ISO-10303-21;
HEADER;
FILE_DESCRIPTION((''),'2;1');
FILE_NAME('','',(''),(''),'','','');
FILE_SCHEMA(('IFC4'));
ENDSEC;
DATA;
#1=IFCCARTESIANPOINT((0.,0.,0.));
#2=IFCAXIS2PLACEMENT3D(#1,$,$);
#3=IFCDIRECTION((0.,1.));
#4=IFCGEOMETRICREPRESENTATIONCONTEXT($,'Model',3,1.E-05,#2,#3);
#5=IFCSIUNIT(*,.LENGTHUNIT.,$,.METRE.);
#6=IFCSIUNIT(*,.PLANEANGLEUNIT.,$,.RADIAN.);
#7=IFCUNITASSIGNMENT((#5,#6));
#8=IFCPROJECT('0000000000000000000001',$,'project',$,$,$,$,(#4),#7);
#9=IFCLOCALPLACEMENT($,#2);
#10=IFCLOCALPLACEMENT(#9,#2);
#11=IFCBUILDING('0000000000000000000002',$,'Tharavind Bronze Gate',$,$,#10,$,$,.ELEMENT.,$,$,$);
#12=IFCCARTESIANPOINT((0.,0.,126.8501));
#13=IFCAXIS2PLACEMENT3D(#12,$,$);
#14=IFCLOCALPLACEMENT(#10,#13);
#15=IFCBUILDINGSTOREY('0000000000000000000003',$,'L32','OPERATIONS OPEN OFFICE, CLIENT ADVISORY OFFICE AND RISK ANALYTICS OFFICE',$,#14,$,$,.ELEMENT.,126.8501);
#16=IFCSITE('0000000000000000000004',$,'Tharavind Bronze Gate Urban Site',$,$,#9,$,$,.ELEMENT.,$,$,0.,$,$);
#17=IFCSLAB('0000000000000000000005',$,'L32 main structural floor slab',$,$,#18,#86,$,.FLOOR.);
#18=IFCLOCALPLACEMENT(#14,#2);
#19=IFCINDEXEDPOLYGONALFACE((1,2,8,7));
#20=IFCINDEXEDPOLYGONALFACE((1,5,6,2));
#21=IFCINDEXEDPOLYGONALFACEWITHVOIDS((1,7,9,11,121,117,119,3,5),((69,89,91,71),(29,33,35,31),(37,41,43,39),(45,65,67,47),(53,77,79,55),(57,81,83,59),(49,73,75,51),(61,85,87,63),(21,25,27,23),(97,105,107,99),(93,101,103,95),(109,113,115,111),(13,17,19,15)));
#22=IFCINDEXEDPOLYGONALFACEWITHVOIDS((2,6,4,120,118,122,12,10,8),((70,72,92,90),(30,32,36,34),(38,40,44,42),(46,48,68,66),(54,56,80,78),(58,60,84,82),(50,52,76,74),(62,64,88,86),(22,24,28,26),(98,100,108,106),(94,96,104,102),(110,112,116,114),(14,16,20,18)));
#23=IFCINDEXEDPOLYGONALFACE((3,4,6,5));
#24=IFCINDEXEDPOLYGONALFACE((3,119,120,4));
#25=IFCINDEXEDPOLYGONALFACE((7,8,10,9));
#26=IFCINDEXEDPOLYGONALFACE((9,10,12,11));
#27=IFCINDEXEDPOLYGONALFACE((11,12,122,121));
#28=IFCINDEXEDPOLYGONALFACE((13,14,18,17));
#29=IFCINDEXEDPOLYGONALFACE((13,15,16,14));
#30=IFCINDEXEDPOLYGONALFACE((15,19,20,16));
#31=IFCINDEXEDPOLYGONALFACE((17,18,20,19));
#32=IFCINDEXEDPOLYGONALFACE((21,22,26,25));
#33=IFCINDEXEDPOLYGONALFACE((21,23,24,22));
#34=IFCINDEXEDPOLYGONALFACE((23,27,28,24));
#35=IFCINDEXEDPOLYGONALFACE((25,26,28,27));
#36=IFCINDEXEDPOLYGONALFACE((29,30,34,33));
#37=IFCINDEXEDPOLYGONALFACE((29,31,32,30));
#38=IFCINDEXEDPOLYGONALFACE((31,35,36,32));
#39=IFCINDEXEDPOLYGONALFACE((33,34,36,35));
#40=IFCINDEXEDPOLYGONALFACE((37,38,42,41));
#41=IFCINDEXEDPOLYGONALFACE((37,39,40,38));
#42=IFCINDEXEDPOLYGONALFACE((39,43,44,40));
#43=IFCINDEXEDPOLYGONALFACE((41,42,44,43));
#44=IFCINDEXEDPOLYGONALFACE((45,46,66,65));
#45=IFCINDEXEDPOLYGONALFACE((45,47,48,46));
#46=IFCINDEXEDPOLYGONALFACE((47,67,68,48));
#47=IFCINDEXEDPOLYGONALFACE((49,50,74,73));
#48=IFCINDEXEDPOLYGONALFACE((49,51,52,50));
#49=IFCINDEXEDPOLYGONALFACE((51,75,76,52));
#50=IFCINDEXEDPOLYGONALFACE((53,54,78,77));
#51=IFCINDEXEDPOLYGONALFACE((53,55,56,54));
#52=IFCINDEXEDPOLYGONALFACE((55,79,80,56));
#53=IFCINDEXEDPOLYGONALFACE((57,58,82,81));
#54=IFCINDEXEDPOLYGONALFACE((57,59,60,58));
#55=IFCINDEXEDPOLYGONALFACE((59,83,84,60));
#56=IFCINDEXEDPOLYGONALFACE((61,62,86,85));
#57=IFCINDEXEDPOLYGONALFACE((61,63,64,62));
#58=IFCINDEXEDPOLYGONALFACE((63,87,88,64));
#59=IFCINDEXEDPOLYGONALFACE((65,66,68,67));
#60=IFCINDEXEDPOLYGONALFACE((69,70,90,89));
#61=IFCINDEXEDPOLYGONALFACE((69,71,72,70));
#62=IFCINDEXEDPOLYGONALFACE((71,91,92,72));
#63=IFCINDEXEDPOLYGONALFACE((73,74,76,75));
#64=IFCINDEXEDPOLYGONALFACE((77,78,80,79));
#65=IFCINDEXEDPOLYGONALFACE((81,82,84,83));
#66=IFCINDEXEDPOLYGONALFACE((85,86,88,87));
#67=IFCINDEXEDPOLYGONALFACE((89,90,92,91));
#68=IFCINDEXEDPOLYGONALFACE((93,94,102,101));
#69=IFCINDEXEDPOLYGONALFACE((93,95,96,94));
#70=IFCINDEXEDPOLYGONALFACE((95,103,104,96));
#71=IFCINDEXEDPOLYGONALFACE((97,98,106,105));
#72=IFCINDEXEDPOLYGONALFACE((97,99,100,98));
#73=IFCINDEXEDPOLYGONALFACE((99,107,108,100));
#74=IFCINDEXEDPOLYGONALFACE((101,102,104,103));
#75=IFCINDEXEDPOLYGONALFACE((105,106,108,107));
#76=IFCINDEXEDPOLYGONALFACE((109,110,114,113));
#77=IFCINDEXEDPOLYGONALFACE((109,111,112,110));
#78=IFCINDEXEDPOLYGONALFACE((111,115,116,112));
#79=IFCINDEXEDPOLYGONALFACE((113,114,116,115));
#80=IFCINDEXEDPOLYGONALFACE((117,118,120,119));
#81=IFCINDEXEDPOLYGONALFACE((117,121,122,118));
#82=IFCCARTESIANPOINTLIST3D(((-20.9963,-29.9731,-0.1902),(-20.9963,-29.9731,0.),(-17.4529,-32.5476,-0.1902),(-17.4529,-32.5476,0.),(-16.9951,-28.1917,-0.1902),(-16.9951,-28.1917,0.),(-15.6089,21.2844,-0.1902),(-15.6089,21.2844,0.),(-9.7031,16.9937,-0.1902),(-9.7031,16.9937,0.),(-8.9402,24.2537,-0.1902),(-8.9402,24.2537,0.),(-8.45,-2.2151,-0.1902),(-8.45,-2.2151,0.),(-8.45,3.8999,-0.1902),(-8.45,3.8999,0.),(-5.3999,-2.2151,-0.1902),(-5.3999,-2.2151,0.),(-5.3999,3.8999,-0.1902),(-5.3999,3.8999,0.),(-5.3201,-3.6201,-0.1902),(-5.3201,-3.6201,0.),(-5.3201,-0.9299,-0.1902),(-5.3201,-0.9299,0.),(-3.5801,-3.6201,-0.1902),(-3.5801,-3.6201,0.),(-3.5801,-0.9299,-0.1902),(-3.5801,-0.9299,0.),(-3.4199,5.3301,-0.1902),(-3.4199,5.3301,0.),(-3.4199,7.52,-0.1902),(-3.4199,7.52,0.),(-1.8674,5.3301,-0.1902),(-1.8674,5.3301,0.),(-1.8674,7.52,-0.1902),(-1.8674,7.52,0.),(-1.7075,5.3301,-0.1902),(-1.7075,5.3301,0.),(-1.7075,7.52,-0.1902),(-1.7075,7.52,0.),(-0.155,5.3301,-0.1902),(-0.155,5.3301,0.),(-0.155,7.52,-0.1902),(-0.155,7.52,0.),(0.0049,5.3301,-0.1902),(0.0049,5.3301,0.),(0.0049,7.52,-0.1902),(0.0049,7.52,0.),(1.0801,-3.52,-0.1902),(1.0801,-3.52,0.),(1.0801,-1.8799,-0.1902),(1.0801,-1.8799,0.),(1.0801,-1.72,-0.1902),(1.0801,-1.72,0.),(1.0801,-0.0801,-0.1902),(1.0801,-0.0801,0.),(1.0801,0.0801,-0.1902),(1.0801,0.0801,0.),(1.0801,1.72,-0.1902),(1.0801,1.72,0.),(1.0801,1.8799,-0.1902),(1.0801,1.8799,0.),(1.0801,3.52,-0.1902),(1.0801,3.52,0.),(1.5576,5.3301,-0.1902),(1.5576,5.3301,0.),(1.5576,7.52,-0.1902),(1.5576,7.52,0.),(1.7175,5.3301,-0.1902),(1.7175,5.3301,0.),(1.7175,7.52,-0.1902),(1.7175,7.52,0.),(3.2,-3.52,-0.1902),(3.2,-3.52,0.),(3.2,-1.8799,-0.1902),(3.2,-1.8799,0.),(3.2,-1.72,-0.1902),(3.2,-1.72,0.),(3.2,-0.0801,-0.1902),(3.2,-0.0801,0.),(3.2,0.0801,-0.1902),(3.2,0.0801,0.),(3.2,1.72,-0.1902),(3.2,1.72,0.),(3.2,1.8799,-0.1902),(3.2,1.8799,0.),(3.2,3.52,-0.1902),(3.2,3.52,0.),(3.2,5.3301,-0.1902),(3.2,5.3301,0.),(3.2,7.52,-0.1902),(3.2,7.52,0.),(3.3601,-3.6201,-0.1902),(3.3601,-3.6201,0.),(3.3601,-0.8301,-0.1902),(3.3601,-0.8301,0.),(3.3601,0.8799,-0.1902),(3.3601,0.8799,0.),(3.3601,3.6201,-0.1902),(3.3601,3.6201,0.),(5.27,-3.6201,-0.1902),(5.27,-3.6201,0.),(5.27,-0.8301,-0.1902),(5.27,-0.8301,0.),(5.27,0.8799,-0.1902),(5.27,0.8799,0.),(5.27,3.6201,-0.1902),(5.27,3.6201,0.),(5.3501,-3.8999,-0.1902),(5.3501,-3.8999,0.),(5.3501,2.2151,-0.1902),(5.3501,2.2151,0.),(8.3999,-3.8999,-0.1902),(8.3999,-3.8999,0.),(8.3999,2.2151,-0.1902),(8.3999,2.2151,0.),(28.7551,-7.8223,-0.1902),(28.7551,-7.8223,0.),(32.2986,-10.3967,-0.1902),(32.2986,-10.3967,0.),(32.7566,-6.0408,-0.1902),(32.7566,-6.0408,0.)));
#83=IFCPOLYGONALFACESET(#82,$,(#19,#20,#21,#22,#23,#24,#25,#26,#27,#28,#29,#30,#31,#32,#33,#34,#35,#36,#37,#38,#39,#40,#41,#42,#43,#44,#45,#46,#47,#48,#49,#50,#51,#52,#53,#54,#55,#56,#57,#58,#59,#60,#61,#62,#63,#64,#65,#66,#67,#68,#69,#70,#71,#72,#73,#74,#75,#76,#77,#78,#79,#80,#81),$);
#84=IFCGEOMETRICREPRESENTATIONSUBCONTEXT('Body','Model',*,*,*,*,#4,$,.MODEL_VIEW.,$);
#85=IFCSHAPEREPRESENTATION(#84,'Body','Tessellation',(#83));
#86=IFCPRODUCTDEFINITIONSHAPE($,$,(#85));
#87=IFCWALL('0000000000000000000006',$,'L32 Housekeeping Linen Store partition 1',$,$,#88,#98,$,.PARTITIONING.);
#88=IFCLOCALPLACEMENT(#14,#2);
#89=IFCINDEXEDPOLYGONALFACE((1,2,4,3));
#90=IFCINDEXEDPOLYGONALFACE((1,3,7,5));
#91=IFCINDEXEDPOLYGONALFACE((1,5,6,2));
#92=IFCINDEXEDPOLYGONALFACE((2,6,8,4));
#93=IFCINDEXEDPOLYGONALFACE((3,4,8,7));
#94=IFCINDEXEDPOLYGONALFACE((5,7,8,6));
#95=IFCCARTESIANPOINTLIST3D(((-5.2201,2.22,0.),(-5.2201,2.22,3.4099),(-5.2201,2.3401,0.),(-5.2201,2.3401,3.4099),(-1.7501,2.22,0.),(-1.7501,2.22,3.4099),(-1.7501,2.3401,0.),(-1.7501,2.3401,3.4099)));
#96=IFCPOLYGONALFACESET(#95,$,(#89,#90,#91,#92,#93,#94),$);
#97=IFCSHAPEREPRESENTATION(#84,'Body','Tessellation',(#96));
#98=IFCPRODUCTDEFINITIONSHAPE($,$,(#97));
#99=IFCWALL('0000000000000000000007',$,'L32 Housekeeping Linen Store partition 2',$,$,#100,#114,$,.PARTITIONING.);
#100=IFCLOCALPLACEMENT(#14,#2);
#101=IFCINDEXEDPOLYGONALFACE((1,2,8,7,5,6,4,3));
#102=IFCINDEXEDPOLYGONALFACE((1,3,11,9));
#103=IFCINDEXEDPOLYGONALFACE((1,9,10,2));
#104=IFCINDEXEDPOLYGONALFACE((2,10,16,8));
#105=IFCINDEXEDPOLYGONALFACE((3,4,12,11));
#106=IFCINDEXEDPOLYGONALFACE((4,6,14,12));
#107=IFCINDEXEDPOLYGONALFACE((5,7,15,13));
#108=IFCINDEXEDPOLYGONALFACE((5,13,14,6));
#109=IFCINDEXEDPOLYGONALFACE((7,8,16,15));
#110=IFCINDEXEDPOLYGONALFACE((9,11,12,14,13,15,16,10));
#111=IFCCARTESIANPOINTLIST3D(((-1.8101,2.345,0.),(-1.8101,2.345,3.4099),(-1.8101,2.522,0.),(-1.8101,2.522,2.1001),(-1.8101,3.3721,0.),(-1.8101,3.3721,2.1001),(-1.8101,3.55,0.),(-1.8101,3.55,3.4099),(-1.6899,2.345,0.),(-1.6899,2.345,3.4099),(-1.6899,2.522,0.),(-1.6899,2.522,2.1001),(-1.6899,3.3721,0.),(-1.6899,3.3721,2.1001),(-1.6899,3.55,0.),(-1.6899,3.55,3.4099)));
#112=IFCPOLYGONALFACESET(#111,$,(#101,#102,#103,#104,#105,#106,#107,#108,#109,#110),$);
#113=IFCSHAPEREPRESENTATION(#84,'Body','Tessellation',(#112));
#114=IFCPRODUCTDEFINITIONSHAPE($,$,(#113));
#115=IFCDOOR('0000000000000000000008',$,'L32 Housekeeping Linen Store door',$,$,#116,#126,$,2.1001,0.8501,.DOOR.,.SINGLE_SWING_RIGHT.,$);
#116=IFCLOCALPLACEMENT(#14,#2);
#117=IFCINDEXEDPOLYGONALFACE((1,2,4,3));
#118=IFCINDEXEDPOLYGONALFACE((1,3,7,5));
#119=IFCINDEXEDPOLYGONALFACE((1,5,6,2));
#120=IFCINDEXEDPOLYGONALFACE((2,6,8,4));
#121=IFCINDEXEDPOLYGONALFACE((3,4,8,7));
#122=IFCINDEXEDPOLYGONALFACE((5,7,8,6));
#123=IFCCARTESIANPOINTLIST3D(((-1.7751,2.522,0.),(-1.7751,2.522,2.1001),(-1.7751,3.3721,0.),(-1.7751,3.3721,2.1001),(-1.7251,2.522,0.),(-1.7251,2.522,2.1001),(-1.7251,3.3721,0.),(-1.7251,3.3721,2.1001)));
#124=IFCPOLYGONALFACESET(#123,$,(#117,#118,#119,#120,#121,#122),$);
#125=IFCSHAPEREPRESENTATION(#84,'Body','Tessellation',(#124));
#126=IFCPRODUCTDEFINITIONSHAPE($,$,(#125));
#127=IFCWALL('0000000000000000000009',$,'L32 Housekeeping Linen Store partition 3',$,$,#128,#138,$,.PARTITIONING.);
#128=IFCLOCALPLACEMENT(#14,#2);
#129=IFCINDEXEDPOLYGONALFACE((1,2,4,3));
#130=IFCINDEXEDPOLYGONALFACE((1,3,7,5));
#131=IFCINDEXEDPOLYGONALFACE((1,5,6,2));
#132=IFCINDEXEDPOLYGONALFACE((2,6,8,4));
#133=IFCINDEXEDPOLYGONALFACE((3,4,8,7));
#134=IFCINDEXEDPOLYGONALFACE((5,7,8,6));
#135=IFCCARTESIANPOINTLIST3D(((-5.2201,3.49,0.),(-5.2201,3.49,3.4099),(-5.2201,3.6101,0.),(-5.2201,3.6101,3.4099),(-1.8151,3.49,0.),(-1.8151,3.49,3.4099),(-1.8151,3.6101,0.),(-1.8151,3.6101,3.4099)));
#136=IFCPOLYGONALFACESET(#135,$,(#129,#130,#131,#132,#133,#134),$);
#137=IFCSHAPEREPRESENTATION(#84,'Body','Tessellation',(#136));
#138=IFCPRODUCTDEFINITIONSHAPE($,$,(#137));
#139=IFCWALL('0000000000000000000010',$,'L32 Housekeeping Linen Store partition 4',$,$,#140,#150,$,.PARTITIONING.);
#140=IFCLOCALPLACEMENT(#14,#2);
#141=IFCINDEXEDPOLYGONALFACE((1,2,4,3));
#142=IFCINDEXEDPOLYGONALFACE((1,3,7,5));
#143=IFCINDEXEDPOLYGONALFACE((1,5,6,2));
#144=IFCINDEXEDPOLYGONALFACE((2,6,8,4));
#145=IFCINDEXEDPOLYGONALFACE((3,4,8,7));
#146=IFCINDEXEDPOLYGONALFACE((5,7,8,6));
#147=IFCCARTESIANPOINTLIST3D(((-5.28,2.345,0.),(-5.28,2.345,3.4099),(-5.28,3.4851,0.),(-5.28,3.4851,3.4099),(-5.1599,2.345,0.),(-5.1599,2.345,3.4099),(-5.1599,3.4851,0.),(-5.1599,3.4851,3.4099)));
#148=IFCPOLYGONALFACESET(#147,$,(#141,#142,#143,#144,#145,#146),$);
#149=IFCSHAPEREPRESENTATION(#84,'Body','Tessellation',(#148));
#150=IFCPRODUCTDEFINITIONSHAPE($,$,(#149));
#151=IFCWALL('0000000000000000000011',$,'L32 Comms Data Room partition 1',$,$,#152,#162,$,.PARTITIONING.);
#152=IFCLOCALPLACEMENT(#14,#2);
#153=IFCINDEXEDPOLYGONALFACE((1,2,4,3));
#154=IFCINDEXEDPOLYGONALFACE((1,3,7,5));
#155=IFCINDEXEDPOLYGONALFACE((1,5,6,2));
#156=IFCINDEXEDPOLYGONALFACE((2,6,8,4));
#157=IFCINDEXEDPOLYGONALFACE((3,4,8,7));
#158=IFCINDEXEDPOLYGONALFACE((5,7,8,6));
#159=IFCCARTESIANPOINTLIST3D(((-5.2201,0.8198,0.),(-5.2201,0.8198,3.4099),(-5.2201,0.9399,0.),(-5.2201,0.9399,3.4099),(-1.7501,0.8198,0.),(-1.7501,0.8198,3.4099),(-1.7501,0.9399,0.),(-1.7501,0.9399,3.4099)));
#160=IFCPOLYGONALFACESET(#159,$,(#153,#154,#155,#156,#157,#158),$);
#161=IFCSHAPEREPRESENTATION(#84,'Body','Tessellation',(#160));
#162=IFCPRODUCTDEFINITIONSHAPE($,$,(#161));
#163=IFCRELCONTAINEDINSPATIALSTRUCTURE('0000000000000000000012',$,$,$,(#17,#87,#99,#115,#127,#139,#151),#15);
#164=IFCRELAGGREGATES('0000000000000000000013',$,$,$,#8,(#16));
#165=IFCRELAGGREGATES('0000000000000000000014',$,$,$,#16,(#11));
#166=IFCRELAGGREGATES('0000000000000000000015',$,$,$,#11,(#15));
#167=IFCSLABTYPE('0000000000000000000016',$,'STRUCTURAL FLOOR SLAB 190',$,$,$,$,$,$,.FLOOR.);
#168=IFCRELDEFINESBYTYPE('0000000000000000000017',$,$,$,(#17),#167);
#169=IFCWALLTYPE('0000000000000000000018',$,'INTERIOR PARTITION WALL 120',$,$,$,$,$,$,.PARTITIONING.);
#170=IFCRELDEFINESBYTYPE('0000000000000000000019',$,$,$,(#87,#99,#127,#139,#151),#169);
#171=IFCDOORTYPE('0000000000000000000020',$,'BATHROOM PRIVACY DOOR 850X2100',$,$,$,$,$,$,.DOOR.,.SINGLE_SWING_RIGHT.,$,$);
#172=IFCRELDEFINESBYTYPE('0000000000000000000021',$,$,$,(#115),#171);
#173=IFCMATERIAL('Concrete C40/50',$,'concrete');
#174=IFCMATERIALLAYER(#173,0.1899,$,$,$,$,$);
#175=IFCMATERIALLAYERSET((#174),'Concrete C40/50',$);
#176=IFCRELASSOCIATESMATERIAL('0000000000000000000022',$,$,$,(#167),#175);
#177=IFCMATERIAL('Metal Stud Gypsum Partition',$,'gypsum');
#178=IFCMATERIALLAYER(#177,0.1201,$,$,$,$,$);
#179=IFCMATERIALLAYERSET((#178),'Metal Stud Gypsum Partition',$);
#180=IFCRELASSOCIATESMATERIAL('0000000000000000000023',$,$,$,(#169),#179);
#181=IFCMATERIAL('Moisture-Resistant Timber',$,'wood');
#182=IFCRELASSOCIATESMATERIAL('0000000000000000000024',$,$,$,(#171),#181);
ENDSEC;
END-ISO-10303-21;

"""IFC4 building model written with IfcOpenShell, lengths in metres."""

from ifc_helpers import new_model, si_unit, direction, frame, frame_2d, origin, place, context, subcontext, project, spatial, polyline, rectangle, outline, extrude, material, layer, layer_set, type_object, element, fill, save


model = new_model("IFC4")

# Units and contexts
model_context = context("Model", 3, precision=1e-05, world=origin(), true_north=direction((0.0, 1.0)))
body_context = subcontext(model_context, "Body", "Model", "MODEL_VIEW")
ifc_project = project(units=[si_unit("LENGTHUNIT", "METRE"), si_unit("PLANEANGLEUNIT", "RADIAN")], contexts=[model_context])

# Site, building, storey
site_placement = place(None, origin())
site = spatial("IfcSite", under=ifc_project, at=site_placement, Name="Tharavind Bronze Gate Urban Site", CompositionType="ELEMENT", RefElevation=0.0)
building_placement = place(site_placement, origin())
building = spatial("IfcBuilding", under=site, at=building_placement, Name="Tharavind Bronze Gate", CompositionType="ELEMENT")
storey_placement = place(building_placement, frame((0.0, 0.0, 126.8501)))
storey = spatial("IfcBuildingStorey", under=building, at=storey_placement, Name="L32", Description="OPERATIONS OPEN OFFICE, CLIENT ADVISORY OFFICE AND RISK ANALYTICS OFFICE", CompositionType="ELEMENT", Elevation=126.8501)

# Slab
ifc_material_1 = material(Name="Concrete C40/50", Category="concrete")
ifc_layer_1 = layer(ifc_material_1, 0.1899)
ifc_layer_set_1 = layer_set([ifc_layer_1], Name="Concrete C40/50")
slab_type = type_object("IfcSlabType", Name="STRUCTURAL FLOOR SLAB 190", PredefinedType="FLOOR", material=ifc_layer_set_1)
slab_placement = place(storey_placement, frame((0.0, 0.0, -0.1902)))
element("IfcSlab", 1, at=slab_placement, inside=storey, type_object=slab_type, Name="L32 main structural floor slab", PredefinedType="FLOOR", context=body_context, shape_type="SweptSolid", body=[
    extrude(outline(polyline([(-8.9402, 24.2537), (-9.7031, 16.9937), (-15.6089, 21.2844), (-20.9963, -29.9731), (-16.9951, -28.1917), (-17.4529, -32.5476), (32.2986, -10.3967), (28.7551, -7.8223), (32.7566, -6.0408), (-8.9402, 24.2537)]), holes=[polyline([(-5.3999, -2.2151), (-5.3999, 3.8999), (-8.45, 3.8999), (-8.45, -2.2151), (-5.3999, -2.2151)]), polyline([(5.3501, 2.2151), (5.3501, -3.8999), (8.3999, -3.8999), (8.3999, 2.2151), (5.3501, 2.2151)]), polyline([(-3.4199, 5.3301), (-1.8674, 5.3301), (-1.8674, 7.52), (-3.4199, 7.52), (-3.4199, 5.3301)]), polyline([(-1.7075, 5.3301), (-0.155, 5.3301), (-0.155, 7.52), (-1.7075, 7.52), (-1.7075, 5.3301)]), polyline([(0.0049, 5.3301), (1.5576, 5.3301), (1.5576, 7.52), (0.0049, 7.52), (0.0049, 5.3301)]), polyline([(1.7175, 5.3301), (3.2, 5.3301), (3.2, 7.52), (1.7175, 7.52), (1.7175, 5.3301)]), polyline([(1.0801, -3.52), (3.2, -3.52), (3.2, -1.8799), (1.0801, -1.8799), (1.0801, -3.52)]), polyline([(1.0801, -1.72), (3.2, -1.72), (3.2, -0.0801), (1.0801, -0.0801), (1.0801, -1.72)]), polyline([(1.0801, 0.0801), (3.2, 0.0801), (3.2, 1.72), (1.0801, 1.72), (1.0801, 0.0801)]), polyline([(1.0801, 1.8799), (3.2, 1.8799), (3.2, 3.52), (1.0801, 3.52), (1.0801, 1.8799)]), polyline([(-5.3201, -3.6201), (-3.5801, -3.6201), (-3.5801, -0.9299), (-5.3201, -0.9299), (-5.3201, -3.6201)]), polyline([(3.3601, 0.8799), (5.27, 0.8799), (5.27, 3.6201), (3.3601, 3.6201), (3.3601, 0.8799)]), polyline([(3.3601, -3.6201), (5.27, -3.6201), (5.27, -0.8301), (3.3601, -0.8301), (3.3601, -3.6201)])]), origin(), (0.0, 0.0, 1.0), 0.1902),
])

# Wall
ifc_material_2 = material(Name="Metal Stud Gypsum Partition", Category="gypsum")
ifc_layer_2 = layer(ifc_material_2, 0.1201)
ifc_layer_set_2 = layer_set([ifc_layer_2], Name="Metal Stud Gypsum Partition")
wall_type_1 = type_object("IfcWallType", Name="INTERIOR PARTITION WALL 120", PredefinedType="PARTITIONING", material=ifc_layer_set_2)
wall_1_placement = place(storey_placement, frame((-5.22, 2.28, 0.0), z_axis=(0.0, 0.0, 1.0), x_axis=(1.0, 0.0, 0.0)))
element("IfcWall", 2, at=wall_1_placement, inside=storey, type_object=wall_type_1, Name="L32 Housekeeping Linen Store partition 1", PredefinedType="PARTITIONING", context=body_context, shape_type="SweptSolid", body=[
    extrude(rectangle(XDim=3.47, YDim=0.1201, at=frame_2d((1.7349, 0.0))), origin(), (0.0, 0.0, 1.0), 3.4099),
])

# Wall, opening, door
wall_2_placement = place(storey_placement, frame((-1.75, 2.345, 0.0), z_axis=(0.0, 0.0, 1.0), x_axis=(0.0, 1.0, 0.0)))
wall_2 = element("IfcWall", 3, at=wall_2_placement, inside=storey, type_object=wall_type_1, Name="L32 Housekeeping Linen Store partition 2", PredefinedType="PARTITIONING", context=body_context, shape_type="SweptSolid", body=[
    extrude(rectangle(XDim=1.2051, YDim=0.1201, at=frame_2d((0.6025, 0.0))), origin(), (0.0, 0.0, 1.0), 3.4099),
])
opening_1_placement = place(wall_2_placement, frame((0.177, 0.0, 0.0)))
opening_1 = element("IfcOpeningElement", 4, at=opening_1_placement, cuts=wall_2, PredefinedType="OPENING", context=body_context, shape_type="SweptSolid", body=[
    extrude(rectangle(XDim=0.8501, YDim=2.1001, at=frame_2d((0.425, 1.05))), frame((0.0, 0.0701, 0.0), z_axis=(0.0, -1.0, 0.0), x_axis=(1.0, 0.0, 0.0)), (0.0, 0.0, 1.0), 0.1401),
])
ifc_material_3 = material(Name="Moisture-Resistant Timber", Category="wood")
door_type_1 = type_object("IfcDoorType", Name="BATHROOM PRIVACY DOOR 850X2100", OperationType="SINGLE_SWING_RIGHT", PredefinedType="DOOR", material=ifc_material_3)
door_1_placement = place(opening_1_placement, frame((0.8501, 0.0, 0.0), z_axis=(0.0, 0.0, 1.0), x_axis=(-1.0, 0.0, 0.0)))
door_1 = element("IfcDoor", 5, at=door_1_placement, inside=storey, type_object=door_type_1, Name="L32 Housekeeping Linen Store door", OperationType="SINGLE_SWING_RIGHT", OverallHeight=2.1001, OverallWidth=0.8501, PredefinedType="DOOR", context=body_context, shape_type="SweptSolid", body=[
    extrude(rectangle(XDim=0.8501, YDim=2.1001, at=frame_2d((0.425, 1.05))), frame((0.0, 0.0249, 0.0), z_axis=(0.0, -1.0, 0.0), x_axis=(1.0, 0.0, 0.0)), (0.0, 0.0, 1.0), 0.05),
])
fill(opening_1, door_1)

# Walls
wall_3_placement = place(storey_placement, frame((-1.8149, 3.55, 0.0), z_axis=(0.0, 0.0, 1.0), x_axis=(-1.0, 0.0, 0.0)))
element("IfcWall", 6, at=wall_3_placement, inside=storey, type_object=wall_type_1, Name="L32 Housekeeping Linen Store partition 3", PredefinedType="PARTITIONING", context=body_context, shape_type="SweptSolid", body=[
    extrude(rectangle(XDim=3.405, YDim=0.1201, at=frame_2d((1.7026, 0.0))), origin(), (0.0, 0.0, 1.0), 3.4099),
])
wall_4_placement = place(storey_placement, frame((-5.22, 3.4851, 0.0), z_axis=(0.0, 0.0, 1.0), x_axis=(0.0, -1.0, 0.0)))
element("IfcWall", 7, at=wall_4_placement, inside=storey, type_object=wall_type_1, Name="L32 Housekeeping Linen Store partition 4", PredefinedType="PARTITIONING", context=body_context, shape_type="SweptSolid", body=[
    extrude(rectangle(XDim=1.1401, YDim=0.1201, at=frame_2d((0.5701, 0.0))), origin(), (0.0, 0.0, 1.0), 3.4099),
])
wall_5_placement = place(storey_placement, frame((-5.22, 0.8799, 0.0), z_axis=(0.0, 0.0, 1.0), x_axis=(1.0, 0.0, 0.0)))
element("IfcWall", 8, at=wall_5_placement, inside=storey, type_object=wall_type_1, Name="L32 Comms Data Room partition 1", PredefinedType="PARTITIONING", context=body_context, shape_type="SweptSolid", body=[
    extrude(rectangle(XDim=3.47, YDim=0.1201, at=frame_2d((1.7349, 0.0))), origin(), (0.0, 0.0, 1.0), 3.4099),
])

save(model, "model.ifc")
